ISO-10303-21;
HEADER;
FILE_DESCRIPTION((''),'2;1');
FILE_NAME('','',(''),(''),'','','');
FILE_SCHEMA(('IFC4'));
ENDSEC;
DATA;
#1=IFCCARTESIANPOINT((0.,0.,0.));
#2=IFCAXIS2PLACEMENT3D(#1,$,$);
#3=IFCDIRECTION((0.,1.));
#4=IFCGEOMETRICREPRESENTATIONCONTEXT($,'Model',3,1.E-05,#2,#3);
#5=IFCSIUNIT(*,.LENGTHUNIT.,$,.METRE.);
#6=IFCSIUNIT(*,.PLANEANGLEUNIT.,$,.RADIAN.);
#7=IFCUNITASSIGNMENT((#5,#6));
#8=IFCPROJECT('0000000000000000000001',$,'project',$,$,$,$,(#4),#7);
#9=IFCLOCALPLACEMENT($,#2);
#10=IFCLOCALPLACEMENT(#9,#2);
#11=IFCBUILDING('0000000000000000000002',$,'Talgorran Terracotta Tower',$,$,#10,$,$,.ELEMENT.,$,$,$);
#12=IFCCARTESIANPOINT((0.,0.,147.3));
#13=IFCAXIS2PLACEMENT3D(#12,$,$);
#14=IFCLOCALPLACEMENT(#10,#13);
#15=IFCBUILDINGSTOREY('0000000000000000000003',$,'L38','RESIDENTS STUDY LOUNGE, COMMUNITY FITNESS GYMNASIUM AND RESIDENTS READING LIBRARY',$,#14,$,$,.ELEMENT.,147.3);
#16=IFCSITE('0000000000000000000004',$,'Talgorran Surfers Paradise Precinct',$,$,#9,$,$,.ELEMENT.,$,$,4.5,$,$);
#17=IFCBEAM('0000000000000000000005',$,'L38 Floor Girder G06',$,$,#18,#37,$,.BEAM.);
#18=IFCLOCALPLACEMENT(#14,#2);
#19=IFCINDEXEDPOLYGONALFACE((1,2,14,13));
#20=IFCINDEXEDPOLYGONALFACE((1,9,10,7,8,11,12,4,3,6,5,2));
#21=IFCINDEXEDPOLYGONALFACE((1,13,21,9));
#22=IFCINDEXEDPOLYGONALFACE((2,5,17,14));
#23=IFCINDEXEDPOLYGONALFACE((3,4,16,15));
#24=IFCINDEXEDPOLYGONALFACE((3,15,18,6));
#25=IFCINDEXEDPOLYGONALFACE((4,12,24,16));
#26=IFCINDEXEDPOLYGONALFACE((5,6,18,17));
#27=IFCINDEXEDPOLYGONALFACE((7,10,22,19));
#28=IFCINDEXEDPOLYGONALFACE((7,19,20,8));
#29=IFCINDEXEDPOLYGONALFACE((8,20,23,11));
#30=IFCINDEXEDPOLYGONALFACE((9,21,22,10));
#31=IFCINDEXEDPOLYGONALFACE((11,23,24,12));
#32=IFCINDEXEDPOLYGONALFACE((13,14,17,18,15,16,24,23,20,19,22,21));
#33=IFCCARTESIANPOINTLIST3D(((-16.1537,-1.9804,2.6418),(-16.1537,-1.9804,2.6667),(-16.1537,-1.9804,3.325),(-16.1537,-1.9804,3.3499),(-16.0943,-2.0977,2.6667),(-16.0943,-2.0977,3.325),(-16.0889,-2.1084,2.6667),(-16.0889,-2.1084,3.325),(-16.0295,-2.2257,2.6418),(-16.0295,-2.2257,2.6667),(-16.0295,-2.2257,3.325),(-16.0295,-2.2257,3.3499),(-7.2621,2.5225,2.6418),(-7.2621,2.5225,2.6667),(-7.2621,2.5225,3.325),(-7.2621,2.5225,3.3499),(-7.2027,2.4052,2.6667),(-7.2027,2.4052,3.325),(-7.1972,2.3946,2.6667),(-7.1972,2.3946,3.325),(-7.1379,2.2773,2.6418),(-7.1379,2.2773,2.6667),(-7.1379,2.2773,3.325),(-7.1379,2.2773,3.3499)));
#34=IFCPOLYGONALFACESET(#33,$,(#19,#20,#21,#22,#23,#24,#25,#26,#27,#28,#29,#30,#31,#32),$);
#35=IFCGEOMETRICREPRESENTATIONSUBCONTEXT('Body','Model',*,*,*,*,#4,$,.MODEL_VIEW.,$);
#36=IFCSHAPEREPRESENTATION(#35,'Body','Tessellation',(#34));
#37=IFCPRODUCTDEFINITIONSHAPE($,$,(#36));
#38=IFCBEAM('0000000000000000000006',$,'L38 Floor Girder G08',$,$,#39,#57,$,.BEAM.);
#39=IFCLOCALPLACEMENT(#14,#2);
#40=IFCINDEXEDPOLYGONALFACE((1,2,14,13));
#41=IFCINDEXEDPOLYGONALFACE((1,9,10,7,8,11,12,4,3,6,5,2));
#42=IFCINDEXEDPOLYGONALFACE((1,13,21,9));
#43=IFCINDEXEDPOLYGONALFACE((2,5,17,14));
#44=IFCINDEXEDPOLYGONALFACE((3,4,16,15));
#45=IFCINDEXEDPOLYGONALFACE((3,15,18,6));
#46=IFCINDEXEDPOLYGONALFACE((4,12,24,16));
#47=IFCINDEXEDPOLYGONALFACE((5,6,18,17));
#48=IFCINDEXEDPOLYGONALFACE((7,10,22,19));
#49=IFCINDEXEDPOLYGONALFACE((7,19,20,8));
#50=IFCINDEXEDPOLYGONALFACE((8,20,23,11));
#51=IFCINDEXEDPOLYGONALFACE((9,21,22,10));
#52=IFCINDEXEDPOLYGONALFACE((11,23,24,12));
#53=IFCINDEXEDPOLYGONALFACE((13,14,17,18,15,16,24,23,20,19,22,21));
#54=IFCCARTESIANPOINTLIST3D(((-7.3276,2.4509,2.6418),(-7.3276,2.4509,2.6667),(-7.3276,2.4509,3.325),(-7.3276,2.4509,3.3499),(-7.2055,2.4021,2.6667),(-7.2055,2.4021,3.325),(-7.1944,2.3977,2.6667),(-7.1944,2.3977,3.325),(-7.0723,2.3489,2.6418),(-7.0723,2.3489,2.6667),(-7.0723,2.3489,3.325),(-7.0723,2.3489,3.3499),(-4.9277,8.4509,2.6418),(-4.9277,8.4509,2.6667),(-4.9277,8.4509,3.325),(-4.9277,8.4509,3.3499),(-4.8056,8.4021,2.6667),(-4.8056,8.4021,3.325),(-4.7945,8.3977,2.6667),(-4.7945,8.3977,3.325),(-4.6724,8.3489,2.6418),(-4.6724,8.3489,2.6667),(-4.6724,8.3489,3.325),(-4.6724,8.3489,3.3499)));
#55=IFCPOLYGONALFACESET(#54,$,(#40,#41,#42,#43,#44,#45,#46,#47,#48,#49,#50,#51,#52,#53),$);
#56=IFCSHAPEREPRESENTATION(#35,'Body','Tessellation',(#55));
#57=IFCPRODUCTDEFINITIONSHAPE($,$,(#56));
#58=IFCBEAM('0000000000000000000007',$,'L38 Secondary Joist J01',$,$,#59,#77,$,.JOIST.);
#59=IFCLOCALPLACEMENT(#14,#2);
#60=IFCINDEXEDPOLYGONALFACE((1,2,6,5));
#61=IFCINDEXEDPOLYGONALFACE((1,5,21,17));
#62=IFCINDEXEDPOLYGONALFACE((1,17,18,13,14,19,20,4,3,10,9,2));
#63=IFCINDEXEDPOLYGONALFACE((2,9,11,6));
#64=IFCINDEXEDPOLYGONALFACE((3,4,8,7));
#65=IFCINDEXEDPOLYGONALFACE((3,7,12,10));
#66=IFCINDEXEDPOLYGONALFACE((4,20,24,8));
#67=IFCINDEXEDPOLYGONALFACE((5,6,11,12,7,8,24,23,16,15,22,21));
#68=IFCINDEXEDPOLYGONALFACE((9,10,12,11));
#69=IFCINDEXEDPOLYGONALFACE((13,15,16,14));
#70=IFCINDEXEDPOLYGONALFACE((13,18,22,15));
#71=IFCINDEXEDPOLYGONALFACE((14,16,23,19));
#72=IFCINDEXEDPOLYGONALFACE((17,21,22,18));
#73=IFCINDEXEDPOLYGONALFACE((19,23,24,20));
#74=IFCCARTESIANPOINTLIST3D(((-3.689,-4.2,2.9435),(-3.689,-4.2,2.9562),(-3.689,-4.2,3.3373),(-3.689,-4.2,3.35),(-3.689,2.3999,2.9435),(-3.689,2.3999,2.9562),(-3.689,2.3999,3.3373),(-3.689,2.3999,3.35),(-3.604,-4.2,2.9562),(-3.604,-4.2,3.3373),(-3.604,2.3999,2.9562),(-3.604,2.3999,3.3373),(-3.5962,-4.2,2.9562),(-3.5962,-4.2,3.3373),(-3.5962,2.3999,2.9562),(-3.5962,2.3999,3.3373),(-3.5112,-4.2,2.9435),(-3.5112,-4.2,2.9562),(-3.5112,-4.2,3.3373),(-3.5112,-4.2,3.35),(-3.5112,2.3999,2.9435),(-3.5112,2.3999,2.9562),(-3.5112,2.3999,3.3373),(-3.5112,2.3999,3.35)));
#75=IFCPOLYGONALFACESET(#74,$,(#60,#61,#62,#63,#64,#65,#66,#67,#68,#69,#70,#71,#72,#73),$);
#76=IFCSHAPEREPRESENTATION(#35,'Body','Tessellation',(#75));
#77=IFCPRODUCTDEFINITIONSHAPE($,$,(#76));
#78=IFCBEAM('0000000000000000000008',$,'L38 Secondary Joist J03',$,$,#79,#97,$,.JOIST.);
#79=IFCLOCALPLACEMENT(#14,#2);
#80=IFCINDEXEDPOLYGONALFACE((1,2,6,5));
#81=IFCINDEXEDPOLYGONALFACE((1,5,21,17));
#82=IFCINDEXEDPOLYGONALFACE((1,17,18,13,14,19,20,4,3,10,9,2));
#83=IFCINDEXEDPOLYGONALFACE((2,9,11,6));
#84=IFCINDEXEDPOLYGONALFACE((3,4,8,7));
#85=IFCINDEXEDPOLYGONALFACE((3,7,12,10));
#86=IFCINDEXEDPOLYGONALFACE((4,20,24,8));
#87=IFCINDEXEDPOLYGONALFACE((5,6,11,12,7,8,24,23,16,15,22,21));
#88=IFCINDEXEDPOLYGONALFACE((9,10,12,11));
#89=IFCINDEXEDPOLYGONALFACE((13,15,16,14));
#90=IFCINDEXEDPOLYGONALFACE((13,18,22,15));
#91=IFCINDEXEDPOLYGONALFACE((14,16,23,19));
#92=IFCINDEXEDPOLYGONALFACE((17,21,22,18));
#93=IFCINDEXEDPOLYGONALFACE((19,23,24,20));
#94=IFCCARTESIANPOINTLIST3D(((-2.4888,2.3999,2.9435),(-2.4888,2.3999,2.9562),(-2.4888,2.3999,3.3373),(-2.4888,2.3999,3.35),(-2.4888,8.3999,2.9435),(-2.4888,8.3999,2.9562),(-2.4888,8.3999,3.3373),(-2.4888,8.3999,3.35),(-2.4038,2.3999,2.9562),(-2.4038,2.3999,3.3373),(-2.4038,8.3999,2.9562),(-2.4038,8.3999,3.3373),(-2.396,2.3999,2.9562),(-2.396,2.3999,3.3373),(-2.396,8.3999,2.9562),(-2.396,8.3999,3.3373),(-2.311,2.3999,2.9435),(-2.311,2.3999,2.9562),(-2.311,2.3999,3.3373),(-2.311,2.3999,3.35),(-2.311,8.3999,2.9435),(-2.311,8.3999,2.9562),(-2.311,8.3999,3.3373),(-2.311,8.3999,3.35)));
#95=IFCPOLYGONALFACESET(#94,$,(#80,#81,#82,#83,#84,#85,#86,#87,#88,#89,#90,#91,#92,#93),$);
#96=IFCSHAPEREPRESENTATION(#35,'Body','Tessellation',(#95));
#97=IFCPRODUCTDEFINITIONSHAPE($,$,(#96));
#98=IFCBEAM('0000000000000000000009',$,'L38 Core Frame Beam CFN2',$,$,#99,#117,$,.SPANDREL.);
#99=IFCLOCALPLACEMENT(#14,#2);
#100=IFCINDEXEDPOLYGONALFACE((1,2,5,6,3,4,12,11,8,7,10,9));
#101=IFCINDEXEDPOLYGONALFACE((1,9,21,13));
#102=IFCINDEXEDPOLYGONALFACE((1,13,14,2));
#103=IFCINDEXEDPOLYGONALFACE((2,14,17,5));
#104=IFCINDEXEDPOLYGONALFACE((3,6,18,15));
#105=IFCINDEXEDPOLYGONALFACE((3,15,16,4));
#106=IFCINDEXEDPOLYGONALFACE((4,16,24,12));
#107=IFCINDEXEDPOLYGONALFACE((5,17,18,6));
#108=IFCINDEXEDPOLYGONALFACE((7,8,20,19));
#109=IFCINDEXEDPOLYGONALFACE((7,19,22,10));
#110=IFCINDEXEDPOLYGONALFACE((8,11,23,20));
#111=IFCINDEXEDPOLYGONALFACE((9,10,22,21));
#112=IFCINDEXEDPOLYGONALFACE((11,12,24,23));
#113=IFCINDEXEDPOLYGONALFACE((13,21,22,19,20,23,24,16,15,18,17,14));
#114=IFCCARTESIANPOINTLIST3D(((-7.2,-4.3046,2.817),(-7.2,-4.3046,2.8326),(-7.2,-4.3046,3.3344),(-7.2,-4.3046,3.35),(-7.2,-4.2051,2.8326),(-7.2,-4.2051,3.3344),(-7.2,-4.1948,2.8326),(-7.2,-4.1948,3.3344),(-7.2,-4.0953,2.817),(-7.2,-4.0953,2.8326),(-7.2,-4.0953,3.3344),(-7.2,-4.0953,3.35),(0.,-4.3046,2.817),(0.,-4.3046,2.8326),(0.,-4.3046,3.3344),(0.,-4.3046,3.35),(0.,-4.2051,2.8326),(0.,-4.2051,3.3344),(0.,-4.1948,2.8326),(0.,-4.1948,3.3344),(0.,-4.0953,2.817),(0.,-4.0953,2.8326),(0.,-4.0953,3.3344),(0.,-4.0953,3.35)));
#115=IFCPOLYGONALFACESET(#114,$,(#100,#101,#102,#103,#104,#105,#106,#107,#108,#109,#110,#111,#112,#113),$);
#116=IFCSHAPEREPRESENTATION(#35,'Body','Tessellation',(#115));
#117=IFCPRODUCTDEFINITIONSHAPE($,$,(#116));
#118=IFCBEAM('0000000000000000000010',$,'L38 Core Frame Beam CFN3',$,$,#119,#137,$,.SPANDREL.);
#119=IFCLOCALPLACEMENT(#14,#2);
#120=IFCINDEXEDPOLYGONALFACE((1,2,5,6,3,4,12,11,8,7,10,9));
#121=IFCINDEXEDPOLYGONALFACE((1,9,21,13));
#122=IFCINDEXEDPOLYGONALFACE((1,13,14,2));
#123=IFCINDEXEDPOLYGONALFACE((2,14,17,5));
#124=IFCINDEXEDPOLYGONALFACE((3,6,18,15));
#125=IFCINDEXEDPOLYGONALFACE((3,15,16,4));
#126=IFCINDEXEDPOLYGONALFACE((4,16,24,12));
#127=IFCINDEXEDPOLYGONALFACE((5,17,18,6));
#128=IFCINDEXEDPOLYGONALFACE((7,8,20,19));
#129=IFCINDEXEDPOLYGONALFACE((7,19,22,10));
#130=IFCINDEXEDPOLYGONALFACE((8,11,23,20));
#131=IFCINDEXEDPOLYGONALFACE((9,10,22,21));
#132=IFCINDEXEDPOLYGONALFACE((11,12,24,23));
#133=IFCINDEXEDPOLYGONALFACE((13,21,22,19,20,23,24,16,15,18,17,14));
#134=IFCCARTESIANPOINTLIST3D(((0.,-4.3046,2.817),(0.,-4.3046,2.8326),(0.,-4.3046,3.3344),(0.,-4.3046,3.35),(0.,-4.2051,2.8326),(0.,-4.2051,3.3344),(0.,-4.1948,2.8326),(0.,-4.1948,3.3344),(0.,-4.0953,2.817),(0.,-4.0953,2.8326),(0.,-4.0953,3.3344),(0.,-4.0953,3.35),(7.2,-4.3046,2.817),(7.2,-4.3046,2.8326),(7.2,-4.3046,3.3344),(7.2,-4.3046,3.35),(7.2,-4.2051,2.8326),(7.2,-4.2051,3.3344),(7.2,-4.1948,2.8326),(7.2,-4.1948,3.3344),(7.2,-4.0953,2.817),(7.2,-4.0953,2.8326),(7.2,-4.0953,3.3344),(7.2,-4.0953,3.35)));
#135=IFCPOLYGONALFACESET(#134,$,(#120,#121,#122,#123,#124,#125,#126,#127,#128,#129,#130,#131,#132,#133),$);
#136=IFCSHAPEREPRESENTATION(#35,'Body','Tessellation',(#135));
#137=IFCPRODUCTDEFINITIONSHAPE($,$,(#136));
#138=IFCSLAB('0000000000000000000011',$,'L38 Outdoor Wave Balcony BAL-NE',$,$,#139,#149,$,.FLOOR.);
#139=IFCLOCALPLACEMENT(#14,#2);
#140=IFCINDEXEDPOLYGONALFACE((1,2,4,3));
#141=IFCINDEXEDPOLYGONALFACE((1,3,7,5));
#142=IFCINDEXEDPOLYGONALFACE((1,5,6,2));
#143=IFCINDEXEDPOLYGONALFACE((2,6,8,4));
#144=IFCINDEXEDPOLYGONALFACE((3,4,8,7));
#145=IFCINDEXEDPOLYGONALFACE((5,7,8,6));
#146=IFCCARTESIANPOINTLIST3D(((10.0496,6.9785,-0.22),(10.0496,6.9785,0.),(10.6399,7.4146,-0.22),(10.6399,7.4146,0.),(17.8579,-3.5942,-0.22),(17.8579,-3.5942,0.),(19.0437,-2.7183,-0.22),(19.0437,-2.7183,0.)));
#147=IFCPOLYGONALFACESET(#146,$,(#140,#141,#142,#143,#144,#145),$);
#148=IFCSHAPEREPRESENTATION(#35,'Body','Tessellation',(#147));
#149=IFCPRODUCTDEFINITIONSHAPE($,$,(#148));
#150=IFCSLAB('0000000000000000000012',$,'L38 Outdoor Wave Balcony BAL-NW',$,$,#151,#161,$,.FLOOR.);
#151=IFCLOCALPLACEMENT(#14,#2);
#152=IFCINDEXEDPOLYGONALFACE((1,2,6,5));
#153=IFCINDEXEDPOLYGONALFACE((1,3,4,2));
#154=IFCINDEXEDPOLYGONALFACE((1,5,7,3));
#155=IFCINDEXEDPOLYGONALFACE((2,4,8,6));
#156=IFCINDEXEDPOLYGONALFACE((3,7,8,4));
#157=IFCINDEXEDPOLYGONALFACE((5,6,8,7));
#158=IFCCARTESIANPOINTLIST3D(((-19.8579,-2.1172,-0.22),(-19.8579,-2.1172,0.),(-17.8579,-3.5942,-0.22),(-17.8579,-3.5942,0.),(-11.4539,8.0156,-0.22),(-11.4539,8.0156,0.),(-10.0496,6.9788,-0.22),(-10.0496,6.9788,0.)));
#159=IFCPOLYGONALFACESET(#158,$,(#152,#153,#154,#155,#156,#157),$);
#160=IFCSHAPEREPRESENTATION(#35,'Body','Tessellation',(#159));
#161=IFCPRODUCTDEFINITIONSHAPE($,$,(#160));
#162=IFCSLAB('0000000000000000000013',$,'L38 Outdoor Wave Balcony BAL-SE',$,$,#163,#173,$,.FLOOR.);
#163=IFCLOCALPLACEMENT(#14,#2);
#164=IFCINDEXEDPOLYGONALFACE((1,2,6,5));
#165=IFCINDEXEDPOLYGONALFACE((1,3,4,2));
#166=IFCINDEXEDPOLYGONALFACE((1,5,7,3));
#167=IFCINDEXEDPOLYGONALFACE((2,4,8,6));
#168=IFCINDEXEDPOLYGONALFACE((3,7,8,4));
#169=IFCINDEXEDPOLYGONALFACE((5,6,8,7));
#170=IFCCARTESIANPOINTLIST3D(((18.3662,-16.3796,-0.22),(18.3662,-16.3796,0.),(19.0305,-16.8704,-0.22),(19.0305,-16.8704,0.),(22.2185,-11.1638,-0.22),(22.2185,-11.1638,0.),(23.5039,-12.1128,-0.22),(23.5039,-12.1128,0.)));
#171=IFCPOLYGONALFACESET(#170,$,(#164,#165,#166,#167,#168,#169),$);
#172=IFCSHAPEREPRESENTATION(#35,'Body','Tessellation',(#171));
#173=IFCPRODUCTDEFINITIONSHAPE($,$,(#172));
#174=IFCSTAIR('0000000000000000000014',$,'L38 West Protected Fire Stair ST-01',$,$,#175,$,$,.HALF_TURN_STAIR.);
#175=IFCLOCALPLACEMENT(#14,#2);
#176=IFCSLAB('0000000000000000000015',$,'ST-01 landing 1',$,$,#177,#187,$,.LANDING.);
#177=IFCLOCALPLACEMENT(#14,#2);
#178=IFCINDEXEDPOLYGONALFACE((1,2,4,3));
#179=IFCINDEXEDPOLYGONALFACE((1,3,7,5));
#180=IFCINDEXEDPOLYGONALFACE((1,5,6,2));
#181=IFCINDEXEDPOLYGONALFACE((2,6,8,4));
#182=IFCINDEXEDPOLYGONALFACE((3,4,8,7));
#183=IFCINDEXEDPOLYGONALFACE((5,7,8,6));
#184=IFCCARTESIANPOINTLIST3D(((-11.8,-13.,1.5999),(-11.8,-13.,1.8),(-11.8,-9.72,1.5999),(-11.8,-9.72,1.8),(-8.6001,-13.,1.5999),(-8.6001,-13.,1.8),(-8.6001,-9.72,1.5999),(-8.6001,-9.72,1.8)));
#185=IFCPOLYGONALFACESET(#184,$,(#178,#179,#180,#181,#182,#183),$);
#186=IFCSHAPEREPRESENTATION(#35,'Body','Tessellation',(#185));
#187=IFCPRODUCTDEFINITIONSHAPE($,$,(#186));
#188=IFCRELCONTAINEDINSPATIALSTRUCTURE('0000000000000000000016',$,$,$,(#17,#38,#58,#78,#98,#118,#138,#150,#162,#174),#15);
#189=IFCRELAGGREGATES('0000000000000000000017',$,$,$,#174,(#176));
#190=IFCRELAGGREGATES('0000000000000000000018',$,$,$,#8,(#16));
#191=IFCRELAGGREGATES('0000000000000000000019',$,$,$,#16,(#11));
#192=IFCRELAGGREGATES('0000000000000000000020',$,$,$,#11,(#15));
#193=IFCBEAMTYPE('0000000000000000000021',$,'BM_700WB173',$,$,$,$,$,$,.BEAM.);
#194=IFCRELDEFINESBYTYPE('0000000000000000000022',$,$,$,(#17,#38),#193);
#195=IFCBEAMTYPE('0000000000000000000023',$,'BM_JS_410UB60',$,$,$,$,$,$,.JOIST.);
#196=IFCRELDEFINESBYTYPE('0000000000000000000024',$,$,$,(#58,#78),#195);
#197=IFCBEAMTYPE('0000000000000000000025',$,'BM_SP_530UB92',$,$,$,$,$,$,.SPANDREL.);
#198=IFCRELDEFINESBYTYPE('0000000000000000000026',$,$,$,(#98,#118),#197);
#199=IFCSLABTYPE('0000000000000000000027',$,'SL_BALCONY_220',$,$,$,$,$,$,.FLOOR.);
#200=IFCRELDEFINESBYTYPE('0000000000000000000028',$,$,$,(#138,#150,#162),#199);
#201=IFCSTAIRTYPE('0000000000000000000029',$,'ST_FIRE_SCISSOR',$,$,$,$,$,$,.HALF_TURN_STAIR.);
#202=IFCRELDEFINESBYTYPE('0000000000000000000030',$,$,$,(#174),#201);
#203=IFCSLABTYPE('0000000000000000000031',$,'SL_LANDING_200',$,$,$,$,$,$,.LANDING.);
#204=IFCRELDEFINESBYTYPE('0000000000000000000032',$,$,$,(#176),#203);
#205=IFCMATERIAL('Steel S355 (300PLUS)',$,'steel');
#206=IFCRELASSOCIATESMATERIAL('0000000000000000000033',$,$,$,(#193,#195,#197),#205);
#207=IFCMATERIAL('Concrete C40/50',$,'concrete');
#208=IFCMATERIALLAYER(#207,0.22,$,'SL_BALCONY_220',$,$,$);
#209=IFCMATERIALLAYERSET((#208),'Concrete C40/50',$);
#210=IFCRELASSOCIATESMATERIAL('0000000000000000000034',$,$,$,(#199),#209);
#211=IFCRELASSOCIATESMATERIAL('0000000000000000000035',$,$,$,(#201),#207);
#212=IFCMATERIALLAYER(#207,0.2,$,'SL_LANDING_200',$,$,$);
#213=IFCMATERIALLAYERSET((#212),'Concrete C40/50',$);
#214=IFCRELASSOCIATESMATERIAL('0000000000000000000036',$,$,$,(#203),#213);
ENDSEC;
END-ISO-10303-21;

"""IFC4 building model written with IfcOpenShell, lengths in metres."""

from ifc_helpers import new_model, si_unit, direction, frame, origin, origin_2d, place, context, subcontext, project, spatial, polyline, i_section, outline, extrude, material, layer, layer_set, material_profile, profile_set, type_object, element, aggregate, save


model = new_model("IFC4")

# Units and contexts
model_context = context("Model", 3, precision=1e-05, world=origin(), true_north=direction((0.0, 1.0)))
body_context = subcontext(model_context, "Body", "Model", "MODEL_VIEW")
ifc_project = project(units=[si_unit("LENGTHUNIT", "METRE"), si_unit("PLANEANGLEUNIT", "RADIAN")], contexts=[model_context])

# Site, building, storey
site_placement = place(None, origin())
site = spatial("IfcSite", under=ifc_project, at=site_placement, Name="Talgorran Surfers Paradise Precinct", CompositionType="ELEMENT", RefElevation=4.5)
building_placement = place(site_placement, origin())
building = spatial("IfcBuilding", under=site, at=building_placement, Name="Talgorran Terracotta Tower", CompositionType="ELEMENT")
storey_placement = place(building_placement, frame((0.0, 0.0, 147.3)))
storey = spatial("IfcBuildingStorey", under=building, at=storey_placement, Name="L38", Description="RESIDENTS STUDY LOUNGE, COMMUNITY FITNESS GYMNASIUM AND RESIDENTS READING LIBRARY", CompositionType="ELEMENT", Elevation=147.3)

# Shared definitions
ifc_material_1 = material(Name="Steel S355 (300PLUS)", Category="steel")

# Beams
ifc_material_profile_1 = material_profile(ifc_material_1, i_section(OverallWidth=0.2749, OverallDepth=0.708, WebThickness=0.012, FlangeThickness=0.0249, at=origin_2d()), Name="700WB173")
ifc_profile_set_1 = profile_set([ifc_material_profile_1], Name="Steel S355 (300PLUS)")
beam_type_1 = type_object("IfcBeamType", Name="BM_700WB173", PredefinedType="BEAM", material=ifc_profile_set_1)
beam_1_placement = place(storey_placement, frame((-7.2, 2.3999, 2.9958), z_axis=(-0.892123, -0.451793, 0.0), x_axis=(0.451793, -0.892123, 0.0)))
element("IfcBeam", 1, at=beam_1_placement, inside=storey, type_object=beam_type_1, Name="L38 Floor Girder G06", PredefinedType="BEAM", context=body_context, shape_type="SweptSolid", body=[
    extrude(i_section(OverallWidth=0.2749, OverallDepth=0.708, WebThickness=0.012, FlangeThickness=0.0249, at=origin_2d()), origin(), (0.0, 0.0, 1.0), 9.9668),
])
beam_2_placement = place(storey_placement, frame((-7.2, 2.3999, 2.9958), z_axis=(0.371378, 0.928482, 0.0), x_axis=(-0.928482, 0.371378, 0.0)))
element("IfcBeam", 2, at=beam_2_placement, inside=storey, type_object=beam_type_1, Name="L38 Floor Girder G08", PredefinedType="BEAM", context=body_context, shape_type="SweptSolid", body=[
    extrude(i_section(OverallWidth=0.2749, OverallDepth=0.708, WebThickness=0.012, FlangeThickness=0.0249, at=origin_2d()), origin(), (0.0, 0.0, 1.0), 6.4622),
])
ifc_material_profile_2 = material_profile(ifc_material_1, i_section(OverallWidth=0.1777, OverallDepth=0.4065, WebThickness=0.0078, FlangeThickness=0.0127, at=origin_2d()), Name="410UB59.7")
ifc_profile_set_2 = profile_set([ifc_material_profile_2], Name="Steel S355 (300PLUS)")
beam_type_2 = type_object("IfcBeamType", Name="BM_JS_410UB60", PredefinedType="JOIST", material=ifc_profile_set_2)
beam_3_placement = place(storey_placement, frame((-3.6001, -4.2, 3.1467), z_axis=(0.0, 1.0, 0.0), x_axis=(-1.0, 0.0, 0.0)))
element("IfcBeam", 3, at=beam_3_placement, inside=storey, type_object=beam_type_2, Name="L38 Secondary Joist J01", PredefinedType="JOIST", context=body_context, shape_type="SweptSolid", body=[
    extrude(i_section(OverallWidth=0.1777, OverallDepth=0.4065, WebThickness=0.0078, FlangeThickness=0.0127, at=origin_2d()), origin(), (0.0, 0.0, 1.0), 6.5999),
])
beam_4_placement = place(storey_placement, frame((-2.3999, 2.3999, 3.1467), z_axis=(0.0, 1.0, 0.0), x_axis=(-1.0, 0.0, 0.0)))
element("IfcBeam", 4, at=beam_4_placement, inside=storey, type_object=beam_type_2, Name="L38 Secondary Joist J03", PredefinedType="JOIST", context=body_context, shape_type="SweptSolid", body=[
    extrude(i_section(OverallWidth=0.1777, OverallDepth=0.4065, WebThickness=0.0078, FlangeThickness=0.0127, at=origin_2d()), origin(), (0.0, 0.0, 1.0), 6.0),
])
ifc_material_profile_3 = material_profile(ifc_material_1, i_section(OverallWidth=0.2092, OverallDepth=0.533, WebThickness=0.0103, FlangeThickness=0.0156, at=origin_2d()), Name="530UB92.4")
ifc_profile_set_3 = profile_set([ifc_material_profile_3], Name="Steel S355 (300PLUS)")
beam_type_3 = type_object("IfcBeamType", Name="BM_SP_530UB92", PredefinedType="SPANDREL", material=ifc_profile_set_3)
for number, where, z_axis, x_axis, name in (
    (5, (-7.2, -4.2, 3.0835), (1.0, 0.0, 0.0), (0.0, 1.0, 0.0), "L38 Core Frame Beam CFN2"),
    (6, (0.0, -4.2, 3.0835), (1.0, 0.0, 0.0), (0.0, 1.0, 0.0), "L38 Core Frame Beam CFN3"),
):
    element("IfcBeam", number, at=place(storey_placement, frame(where, z_axis=z_axis, x_axis=x_axis)), inside=storey, type_object=beam_type_3, Name=name, PredefinedType="SPANDREL", context=body_context, shape_type="SweptSolid", body=[
        extrude(i_section(OverallWidth=0.2092, OverallDepth=0.533, WebThickness=0.0103, FlangeThickness=0.0156, at=origin_2d()), origin(), (0.0, 0.0, 1.0), 7.2),
    ])

# Slabs
ifc_material_2 = material(Name="Concrete C40/50", Category="concrete")
ifc_layer_1 = layer(ifc_material_2, 0.22, Name="SL_BALCONY_220")
ifc_layer_set_1 = layer_set([ifc_layer_1], Name="Concrete C40/50")
slab_type_1 = type_object("IfcSlabType", Name="SL_BALCONY_220", PredefinedType="FLOOR", material=ifc_layer_set_1)
slab_1_placement = place(storey_placement, frame((0.0, 0.0, -0.22)))
element("IfcSlab", 7, at=slab_1_placement, inside=storey, type_object=slab_type_1, Name="L38 Outdoor Wave Balcony BAL-NE", PredefinedType="FLOOR", context=body_context, shape_type="SweptSolid", body=[
    extrude(outline(polyline([(10.0496, 6.9785), (17.8579, -3.5942), (19.0437, -2.7183), (10.6399, 7.4146), (10.0496, 6.9785)])), origin(), (0.0, 0.0, 1.0), 0.22),
])
slab_2_placement = place(storey_placement, frame((0.0, 0.0, -0.22)))
element("IfcSlab", 8, at=slab_2_placement, inside=storey, type_object=slab_type_1, Name="L38 Outdoor Wave Balcony BAL-NW", PredefinedType="FLOOR", context=body_context, shape_type="SweptSolid", body=[
    extrude(outline(polyline([(-17.8579, -3.5942), (-10.0496, 6.9788), (-11.4539, 8.0156), (-19.8579, -2.1172), (-17.8579, -3.5942)])), origin(), (0.0, 0.0, 1.0), 0.22),
])
slab_3_placement = place(storey_placement, frame((0.0, 0.0, -0.22)))
element("IfcSlab", 9, at=slab_3_placement, inside=storey, type_object=slab_type_1, Name="L38 Outdoor Wave Balcony BAL-SE", PredefinedType="FLOOR", context=body_context, shape_type="SweptSolid", body=[
    extrude(outline(polyline([(22.2185, -11.1638), (18.3662, -16.3796), (19.0305, -16.8704), (23.5039, -12.1128), (22.2185, -11.1638)])), origin(), (0.0, 0.0, 1.0), 0.22),
])

# Stair, slab
stair_type = type_object("IfcStairType", Name="ST_FIRE_SCISSOR", PredefinedType="HALF_TURN_STAIR", material=ifc_material_2)
stair_1_placement = place(storey_placement, origin())
stair_1 = element("IfcStair", 10, at=stair_1_placement, inside=storey, type_object=stair_type, Name="L38 West Protected Fire Stair ST-01", PredefinedType="HALF_TURN_STAIR")
ifc_layer_2 = layer(ifc_material_2, 0.2, Name="SL_LANDING_200")
ifc_layer_set_2 = layer_set([ifc_layer_2], Name="Concrete C40/50")
slab_type_2 = type_object("IfcSlabType", Name="SL_LANDING_200", PredefinedType="LANDING", material=ifc_layer_set_2)
slab_4_placement = place(storey_placement, frame((0.0, 0.0, 1.5999)))
slab_4 = element("IfcSlab", 11, at=slab_4_placement, type_object=slab_type_2, Name="ST-01 landing 1", PredefinedType="LANDING", context=body_context, shape_type="SweptSolid", body=[
    extrude(outline(polyline([(-11.8, -9.72), (-11.8, -13.0), (-8.6001, -13.0), (-8.6001, -9.72), (-11.8, -9.72)])), origin(), (0.0, 0.0, 1.0), 0.2002),
])
aggregate(stair_1, [slab_4])

save(model, "model.ifc")
